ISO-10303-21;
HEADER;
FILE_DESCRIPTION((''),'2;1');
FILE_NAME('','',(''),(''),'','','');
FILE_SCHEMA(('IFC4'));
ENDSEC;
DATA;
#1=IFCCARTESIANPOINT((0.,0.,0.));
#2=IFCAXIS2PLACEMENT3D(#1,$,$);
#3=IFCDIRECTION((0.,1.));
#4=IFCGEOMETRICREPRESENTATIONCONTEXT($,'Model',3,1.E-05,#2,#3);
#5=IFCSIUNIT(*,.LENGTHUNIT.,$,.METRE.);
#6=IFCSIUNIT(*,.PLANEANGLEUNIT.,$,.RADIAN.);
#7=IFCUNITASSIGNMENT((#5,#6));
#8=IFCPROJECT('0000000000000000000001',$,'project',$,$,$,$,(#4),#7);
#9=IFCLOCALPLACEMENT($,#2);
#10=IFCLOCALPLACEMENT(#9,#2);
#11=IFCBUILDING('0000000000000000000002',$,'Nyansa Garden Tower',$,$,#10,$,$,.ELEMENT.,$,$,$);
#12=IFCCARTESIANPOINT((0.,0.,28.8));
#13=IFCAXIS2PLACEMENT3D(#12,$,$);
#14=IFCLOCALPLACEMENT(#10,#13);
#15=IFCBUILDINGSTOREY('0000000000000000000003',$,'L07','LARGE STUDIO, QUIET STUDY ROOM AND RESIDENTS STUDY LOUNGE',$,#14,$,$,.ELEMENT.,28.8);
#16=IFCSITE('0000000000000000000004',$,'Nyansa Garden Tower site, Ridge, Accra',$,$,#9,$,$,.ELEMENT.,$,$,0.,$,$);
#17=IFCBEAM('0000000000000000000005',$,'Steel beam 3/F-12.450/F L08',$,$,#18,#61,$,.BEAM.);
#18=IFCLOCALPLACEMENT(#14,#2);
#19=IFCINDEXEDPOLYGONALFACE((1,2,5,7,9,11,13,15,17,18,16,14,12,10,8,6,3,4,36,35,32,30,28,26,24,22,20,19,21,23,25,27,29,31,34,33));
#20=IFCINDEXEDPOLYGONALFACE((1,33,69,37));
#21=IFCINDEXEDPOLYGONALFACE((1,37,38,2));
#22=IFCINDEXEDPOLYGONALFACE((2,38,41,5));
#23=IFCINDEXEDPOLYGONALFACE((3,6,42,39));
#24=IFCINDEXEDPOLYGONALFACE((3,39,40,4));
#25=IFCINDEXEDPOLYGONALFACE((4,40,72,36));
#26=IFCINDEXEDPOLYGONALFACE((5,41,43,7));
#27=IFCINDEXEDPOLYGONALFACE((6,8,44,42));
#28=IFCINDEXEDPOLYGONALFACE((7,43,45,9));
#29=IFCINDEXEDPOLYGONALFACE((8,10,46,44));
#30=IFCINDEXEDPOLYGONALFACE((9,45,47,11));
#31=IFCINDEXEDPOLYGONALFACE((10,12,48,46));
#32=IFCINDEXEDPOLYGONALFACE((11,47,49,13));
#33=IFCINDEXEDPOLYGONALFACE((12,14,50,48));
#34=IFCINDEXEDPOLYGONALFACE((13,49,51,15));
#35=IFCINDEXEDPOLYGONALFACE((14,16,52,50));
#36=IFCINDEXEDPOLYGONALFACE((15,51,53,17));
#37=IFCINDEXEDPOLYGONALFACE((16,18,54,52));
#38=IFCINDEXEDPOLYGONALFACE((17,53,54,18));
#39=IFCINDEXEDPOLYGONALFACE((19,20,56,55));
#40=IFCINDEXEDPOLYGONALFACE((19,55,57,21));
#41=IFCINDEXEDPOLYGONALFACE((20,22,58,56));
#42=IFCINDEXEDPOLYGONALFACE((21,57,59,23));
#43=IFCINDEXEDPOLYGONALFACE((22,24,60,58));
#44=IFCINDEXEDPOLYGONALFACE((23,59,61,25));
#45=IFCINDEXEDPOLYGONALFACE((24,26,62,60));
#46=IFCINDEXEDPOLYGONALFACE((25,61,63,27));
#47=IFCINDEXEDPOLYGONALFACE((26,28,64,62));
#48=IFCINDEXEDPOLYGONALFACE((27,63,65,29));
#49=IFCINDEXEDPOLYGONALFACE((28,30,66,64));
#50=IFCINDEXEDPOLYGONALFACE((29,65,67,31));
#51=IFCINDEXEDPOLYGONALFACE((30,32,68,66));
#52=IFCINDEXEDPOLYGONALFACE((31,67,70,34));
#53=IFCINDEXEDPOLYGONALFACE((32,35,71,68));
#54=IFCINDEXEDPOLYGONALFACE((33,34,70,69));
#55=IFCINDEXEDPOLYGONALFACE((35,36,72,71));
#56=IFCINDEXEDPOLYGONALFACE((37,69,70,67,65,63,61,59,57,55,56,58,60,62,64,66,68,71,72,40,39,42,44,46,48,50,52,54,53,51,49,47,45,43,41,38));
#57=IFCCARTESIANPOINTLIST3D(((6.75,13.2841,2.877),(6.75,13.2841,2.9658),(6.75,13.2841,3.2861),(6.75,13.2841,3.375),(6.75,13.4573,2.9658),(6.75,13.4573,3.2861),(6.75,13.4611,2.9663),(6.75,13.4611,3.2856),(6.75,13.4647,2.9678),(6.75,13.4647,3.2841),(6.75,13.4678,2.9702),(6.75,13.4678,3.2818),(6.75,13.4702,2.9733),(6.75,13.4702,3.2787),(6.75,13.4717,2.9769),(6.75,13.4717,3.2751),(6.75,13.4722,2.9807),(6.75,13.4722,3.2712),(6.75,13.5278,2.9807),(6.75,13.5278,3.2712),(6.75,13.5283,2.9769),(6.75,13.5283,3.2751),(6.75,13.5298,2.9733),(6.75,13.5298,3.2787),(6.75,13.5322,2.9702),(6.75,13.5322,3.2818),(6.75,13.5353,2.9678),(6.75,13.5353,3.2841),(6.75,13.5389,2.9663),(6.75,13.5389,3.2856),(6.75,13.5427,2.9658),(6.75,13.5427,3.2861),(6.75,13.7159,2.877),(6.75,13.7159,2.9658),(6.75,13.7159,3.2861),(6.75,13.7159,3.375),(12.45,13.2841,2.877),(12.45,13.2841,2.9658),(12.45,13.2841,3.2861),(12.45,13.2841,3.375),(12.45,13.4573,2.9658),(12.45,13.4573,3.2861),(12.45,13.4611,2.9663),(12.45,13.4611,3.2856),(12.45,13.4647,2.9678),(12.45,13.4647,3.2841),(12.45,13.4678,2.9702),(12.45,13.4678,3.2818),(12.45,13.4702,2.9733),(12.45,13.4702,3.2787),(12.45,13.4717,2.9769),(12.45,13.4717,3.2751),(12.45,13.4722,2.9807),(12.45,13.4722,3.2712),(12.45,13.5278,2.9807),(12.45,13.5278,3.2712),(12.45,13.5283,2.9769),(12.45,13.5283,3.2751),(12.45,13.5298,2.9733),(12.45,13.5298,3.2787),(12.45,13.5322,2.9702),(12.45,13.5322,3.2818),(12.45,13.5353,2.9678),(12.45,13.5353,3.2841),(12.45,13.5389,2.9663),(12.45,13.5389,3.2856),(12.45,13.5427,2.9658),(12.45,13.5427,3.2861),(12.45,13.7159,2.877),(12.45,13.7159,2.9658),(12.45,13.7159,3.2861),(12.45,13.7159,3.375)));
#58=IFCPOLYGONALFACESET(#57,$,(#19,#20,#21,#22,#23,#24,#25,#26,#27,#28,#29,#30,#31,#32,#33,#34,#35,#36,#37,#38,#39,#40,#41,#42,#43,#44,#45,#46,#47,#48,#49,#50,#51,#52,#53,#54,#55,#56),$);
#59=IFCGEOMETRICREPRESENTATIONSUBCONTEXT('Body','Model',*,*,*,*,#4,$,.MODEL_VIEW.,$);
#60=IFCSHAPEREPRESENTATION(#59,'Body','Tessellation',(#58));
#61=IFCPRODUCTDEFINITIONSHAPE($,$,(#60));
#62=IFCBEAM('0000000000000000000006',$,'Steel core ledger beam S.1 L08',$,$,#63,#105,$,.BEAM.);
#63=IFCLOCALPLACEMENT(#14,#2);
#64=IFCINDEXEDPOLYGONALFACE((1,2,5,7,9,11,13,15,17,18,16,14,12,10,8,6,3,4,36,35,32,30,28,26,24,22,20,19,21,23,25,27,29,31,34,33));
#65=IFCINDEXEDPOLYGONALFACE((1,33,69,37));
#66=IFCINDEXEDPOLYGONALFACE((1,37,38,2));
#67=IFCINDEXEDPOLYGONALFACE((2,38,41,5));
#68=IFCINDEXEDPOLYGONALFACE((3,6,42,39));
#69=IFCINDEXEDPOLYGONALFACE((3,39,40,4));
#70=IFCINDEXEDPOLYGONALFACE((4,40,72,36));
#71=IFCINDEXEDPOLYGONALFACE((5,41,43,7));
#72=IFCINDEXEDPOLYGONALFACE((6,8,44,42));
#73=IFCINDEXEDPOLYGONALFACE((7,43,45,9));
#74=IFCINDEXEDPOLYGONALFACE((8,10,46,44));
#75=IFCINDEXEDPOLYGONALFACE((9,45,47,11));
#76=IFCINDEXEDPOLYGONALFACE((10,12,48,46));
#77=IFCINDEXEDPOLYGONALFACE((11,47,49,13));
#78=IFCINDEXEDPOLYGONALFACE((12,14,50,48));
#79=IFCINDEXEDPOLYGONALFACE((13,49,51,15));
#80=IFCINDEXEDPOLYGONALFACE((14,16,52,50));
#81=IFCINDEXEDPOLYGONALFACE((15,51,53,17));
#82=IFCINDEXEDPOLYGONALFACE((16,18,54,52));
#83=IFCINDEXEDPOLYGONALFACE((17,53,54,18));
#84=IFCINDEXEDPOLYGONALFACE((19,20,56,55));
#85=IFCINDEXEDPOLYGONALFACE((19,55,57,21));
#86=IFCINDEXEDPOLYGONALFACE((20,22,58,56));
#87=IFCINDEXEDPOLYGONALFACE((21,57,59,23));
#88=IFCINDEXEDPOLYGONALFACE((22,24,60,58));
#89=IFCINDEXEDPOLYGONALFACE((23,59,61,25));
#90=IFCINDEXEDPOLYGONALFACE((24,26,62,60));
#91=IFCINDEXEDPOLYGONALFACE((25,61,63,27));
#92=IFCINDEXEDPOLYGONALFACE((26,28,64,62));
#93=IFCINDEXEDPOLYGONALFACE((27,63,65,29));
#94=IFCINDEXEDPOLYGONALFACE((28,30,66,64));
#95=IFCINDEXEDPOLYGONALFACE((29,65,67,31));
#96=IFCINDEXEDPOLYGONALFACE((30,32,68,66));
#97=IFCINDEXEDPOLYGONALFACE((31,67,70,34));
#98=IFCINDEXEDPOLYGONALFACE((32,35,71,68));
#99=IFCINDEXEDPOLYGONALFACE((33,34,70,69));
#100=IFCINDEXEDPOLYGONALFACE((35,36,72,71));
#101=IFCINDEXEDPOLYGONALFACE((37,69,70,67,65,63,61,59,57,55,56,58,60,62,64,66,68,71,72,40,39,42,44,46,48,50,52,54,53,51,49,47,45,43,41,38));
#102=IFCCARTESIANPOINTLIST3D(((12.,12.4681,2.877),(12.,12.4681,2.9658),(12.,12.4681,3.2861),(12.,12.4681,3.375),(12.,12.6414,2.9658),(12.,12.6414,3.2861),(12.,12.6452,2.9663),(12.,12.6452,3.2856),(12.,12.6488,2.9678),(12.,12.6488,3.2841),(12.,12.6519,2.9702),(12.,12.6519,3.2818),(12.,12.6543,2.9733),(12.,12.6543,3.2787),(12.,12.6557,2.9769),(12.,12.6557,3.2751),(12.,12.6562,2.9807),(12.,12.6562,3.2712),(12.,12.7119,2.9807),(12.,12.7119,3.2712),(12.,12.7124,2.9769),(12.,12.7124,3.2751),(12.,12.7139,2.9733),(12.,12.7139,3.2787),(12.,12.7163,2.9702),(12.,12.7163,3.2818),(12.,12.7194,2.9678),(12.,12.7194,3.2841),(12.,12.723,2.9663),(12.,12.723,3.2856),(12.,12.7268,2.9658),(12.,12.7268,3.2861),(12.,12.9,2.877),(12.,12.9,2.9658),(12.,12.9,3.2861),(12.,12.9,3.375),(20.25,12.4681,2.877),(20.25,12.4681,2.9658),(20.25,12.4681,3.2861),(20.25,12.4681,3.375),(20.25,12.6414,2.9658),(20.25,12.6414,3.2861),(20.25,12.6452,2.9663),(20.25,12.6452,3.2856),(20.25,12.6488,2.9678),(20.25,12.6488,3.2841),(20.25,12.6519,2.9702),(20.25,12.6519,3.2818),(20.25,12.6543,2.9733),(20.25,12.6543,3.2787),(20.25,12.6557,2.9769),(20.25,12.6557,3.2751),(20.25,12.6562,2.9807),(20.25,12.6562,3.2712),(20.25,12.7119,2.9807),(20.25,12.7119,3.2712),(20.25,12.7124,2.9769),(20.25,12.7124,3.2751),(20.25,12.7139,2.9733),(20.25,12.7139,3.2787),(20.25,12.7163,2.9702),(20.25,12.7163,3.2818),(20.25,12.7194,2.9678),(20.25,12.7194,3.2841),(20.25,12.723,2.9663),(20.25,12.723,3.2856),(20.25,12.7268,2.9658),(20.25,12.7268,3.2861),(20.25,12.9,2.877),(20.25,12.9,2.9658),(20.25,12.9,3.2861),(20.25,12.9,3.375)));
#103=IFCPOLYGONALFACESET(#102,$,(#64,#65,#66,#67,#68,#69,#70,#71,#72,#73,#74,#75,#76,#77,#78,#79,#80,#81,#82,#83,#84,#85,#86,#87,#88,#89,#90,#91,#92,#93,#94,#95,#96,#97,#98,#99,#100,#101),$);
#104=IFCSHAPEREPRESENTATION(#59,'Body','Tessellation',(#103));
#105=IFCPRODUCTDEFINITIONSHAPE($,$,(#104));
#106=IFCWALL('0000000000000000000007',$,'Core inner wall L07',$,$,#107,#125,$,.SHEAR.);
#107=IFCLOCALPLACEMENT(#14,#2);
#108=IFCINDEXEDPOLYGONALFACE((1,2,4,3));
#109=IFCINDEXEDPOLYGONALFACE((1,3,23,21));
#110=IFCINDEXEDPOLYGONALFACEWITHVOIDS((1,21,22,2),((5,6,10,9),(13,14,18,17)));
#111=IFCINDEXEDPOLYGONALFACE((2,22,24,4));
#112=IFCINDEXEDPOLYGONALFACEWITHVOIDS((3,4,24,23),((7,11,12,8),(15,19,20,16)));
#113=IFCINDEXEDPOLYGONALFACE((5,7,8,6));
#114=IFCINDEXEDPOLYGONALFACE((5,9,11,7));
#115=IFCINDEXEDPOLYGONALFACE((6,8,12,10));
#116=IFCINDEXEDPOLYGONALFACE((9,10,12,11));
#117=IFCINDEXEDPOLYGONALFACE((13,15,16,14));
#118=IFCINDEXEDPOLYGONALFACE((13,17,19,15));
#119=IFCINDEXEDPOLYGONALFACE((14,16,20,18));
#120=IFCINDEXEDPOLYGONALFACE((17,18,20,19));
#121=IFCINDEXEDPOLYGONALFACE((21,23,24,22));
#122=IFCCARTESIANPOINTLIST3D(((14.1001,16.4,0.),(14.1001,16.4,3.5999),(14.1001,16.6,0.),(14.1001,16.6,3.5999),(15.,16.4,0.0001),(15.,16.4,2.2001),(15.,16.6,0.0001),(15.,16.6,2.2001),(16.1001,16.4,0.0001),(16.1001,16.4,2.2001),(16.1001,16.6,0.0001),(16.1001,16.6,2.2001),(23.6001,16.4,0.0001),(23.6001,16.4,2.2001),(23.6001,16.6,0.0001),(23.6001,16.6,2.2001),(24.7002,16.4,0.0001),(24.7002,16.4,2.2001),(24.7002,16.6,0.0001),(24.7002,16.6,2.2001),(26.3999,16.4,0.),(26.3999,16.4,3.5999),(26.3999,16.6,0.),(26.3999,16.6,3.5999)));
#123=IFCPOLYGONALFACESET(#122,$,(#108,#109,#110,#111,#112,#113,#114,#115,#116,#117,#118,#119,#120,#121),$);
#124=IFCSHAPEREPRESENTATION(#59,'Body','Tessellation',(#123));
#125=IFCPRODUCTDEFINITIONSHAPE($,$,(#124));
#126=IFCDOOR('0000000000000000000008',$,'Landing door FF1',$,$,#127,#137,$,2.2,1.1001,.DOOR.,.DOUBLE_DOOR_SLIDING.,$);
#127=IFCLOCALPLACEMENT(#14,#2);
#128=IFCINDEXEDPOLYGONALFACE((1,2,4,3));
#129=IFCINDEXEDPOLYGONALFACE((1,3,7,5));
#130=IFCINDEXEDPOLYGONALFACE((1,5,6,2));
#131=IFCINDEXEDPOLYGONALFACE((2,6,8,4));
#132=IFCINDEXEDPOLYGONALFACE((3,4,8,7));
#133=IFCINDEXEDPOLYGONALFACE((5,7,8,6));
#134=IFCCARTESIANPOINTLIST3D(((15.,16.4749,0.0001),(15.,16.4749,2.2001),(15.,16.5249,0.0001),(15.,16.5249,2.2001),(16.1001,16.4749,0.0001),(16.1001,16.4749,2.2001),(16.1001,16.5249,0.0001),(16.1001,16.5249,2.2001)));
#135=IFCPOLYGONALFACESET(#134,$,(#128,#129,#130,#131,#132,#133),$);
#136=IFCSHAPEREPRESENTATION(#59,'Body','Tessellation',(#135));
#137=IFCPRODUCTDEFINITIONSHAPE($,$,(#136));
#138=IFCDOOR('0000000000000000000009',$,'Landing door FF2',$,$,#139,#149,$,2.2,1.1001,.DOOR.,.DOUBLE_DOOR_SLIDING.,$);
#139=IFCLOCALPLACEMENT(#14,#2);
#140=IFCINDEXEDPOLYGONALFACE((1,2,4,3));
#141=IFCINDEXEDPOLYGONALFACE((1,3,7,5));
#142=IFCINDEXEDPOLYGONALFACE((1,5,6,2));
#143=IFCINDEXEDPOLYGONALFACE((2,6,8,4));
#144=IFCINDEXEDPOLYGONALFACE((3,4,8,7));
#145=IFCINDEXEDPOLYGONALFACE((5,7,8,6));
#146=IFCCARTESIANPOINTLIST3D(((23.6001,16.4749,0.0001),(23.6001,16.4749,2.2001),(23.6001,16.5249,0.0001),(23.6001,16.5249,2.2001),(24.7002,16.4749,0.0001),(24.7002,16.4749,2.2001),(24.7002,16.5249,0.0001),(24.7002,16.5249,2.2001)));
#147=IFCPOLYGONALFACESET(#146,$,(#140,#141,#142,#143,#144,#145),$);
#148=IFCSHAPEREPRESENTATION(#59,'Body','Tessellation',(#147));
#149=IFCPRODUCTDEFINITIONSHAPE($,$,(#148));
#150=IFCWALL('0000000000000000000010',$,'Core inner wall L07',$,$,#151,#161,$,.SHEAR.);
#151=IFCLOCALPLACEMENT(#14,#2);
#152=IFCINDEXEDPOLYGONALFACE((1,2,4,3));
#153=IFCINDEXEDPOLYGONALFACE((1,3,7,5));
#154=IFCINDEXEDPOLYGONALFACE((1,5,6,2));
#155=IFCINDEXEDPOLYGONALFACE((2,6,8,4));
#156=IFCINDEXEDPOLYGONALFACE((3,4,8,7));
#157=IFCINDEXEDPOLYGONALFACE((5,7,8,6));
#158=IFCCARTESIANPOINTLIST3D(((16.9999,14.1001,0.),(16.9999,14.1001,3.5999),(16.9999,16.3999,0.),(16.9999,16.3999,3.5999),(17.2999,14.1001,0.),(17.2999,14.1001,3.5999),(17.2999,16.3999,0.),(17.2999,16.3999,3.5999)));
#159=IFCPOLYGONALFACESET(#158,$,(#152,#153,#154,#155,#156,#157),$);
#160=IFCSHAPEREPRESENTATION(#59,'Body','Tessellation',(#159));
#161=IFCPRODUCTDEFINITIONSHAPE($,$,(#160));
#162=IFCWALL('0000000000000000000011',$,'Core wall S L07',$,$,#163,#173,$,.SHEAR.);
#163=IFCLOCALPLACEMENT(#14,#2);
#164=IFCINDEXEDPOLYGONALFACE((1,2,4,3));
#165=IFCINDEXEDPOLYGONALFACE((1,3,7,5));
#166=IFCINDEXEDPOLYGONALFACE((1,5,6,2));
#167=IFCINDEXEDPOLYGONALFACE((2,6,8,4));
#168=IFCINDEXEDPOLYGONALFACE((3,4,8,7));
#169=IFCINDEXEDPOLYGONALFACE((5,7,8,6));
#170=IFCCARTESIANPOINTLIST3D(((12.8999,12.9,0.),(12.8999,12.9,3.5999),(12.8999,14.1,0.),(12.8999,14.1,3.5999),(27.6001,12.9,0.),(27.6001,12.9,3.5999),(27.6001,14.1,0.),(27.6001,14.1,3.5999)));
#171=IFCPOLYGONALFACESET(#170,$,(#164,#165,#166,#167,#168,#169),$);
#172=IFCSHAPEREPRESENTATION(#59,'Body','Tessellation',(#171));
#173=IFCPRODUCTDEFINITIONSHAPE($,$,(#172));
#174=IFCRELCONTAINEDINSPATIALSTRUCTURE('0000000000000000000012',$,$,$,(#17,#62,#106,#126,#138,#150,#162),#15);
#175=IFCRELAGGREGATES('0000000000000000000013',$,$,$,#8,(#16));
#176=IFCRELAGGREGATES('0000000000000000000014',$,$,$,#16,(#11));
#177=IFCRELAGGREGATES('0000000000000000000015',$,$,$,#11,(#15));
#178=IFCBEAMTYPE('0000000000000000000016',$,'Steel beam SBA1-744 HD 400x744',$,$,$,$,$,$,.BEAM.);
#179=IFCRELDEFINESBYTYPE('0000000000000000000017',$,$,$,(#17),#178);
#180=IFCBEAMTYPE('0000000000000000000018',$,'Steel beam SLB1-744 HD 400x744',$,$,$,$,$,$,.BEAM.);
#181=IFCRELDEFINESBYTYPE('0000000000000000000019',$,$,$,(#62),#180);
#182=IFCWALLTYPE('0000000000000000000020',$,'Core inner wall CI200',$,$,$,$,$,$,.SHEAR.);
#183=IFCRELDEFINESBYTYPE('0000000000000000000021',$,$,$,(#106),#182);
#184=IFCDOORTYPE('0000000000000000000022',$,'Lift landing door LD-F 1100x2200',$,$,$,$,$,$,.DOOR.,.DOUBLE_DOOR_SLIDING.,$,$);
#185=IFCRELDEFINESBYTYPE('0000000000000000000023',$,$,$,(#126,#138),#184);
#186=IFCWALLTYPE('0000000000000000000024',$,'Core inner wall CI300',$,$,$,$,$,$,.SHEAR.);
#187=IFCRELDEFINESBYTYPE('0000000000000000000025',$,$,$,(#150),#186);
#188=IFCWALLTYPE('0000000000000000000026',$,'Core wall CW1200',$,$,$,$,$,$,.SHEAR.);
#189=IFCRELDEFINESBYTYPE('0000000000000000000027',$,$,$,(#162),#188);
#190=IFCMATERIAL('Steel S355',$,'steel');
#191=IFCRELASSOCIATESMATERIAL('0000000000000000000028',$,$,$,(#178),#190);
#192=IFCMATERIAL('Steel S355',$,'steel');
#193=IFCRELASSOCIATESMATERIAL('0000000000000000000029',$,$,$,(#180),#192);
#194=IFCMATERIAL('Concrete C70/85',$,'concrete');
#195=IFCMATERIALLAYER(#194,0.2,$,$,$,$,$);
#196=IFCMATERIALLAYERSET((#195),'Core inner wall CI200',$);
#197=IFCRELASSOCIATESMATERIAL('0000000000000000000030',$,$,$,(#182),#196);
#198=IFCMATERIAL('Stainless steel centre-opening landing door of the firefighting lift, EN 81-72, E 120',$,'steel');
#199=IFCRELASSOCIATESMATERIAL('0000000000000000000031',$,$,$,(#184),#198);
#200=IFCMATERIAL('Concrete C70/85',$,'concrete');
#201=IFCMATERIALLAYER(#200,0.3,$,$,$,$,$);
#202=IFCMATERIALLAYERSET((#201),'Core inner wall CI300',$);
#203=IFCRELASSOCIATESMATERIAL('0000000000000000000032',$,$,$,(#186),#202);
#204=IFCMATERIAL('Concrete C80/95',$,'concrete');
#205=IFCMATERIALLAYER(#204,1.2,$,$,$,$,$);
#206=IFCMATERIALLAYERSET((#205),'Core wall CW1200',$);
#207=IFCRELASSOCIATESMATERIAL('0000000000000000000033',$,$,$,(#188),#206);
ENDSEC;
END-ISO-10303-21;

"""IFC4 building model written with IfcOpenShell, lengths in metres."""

from ifc_helpers import new_model, si_unit, direction, frame, frame_2d, origin, origin_2d, place, context, subcontext, project, spatial, rectangle, i_section, extrude, material, layer, layer_set, material_profile, profile_set, type_object, element, fill, save


model = new_model("IFC4")

# Units and contexts
model_context = context("Model", 3, precision=1e-05, world=origin(), true_north=direction((0.0, 1.0)))
body_context = subcontext(model_context, "Body", "Model", "MODEL_VIEW")
ifc_project = project(units=[si_unit("LENGTHUNIT", "METRE"), si_unit("PLANEANGLEUNIT", "RADIAN")], contexts=[model_context])

# Site, building, storey
site_placement = place(None, origin())
site = spatial("IfcSite", under=ifc_project, at=site_placement, Name="Nyansa Garden Tower site, Ridge, Accra", CompositionType="ELEMENT", RefElevation=0.0)
building_placement = place(site_placement, origin())
building = spatial("IfcBuilding", under=site, at=building_placement, Name="Nyansa Garden Tower", CompositionType="ELEMENT")
storey_placement = place(building_placement, frame((0.0, 0.0, 28.8)))
storey = spatial("IfcBuildingStorey", under=building, at=storey_placement, Name="L07", Description="LARGE STUDIO, QUIET STUDY ROOM AND RESIDENTS STUDY LOUNGE", CompositionType="ELEMENT", Elevation=28.8)

# Beams
ifc_material_1 = material(Name="Steel S355", Category="steel")
ifc_material_profile_1 = material_profile(ifc_material_1, i_section(OverallWidth=0.4319, OverallDepth=0.498, WebThickness=0.0557, FlangeThickness=0.0889, FilletRadius=0.0149, at=origin_2d()), Name="HD 400x744")
ifc_profile_set_1 = profile_set([ifc_material_profile_1], Name="Steel S355")
beam_type_1 = type_object("IfcBeamType", Name="Steel beam SBA1-744 HD 400x744", PredefinedType="BEAM", material=ifc_profile_set_1)
beam_1_placement = place(storey_placement, frame((6.75, 13.5, 3.126), z_axis=(1.0, 0.0, 0.0), x_axis=(0.0, 1.0, 0.0)))
element("IfcBeam", 1, at=beam_1_placement, inside=storey, type_object=beam_type_1, Name="Steel beam 3/F-12.450/F L08", PredefinedType="BEAM", context=body_context, shape_type="SweptSolid", body=[
    extrude(i_section(OverallWidth=0.4319, OverallDepth=0.498, WebThickness=0.0557, FlangeThickness=0.0889, FilletRadius=0.0149, at=origin_2d()), origin(), (0.0, 0.0, 1.0), 5.7),
])
ifc_material_2 = material(Name="Steel S355", Category="steel")
ifc_material_profile_2 = material_profile(ifc_material_2, i_section(OverallWidth=0.4319, OverallDepth=0.498, WebThickness=0.0557, FlangeThickness=0.0889, FilletRadius=0.0149, at=origin_2d()), Name="HD 400x744")
ifc_profile_set_2 = profile_set([ifc_material_profile_2], Name="Steel S355")
beam_type_2 = type_object("IfcBeamType", Name="Steel beam SLB1-744 HD 400x744", PredefinedType="BEAM", material=ifc_profile_set_2)
beam_2_placement = place(storey_placement, frame((12.0, 12.6841, 3.126), z_axis=(1.0, 0.0, 0.0), x_axis=(0.0, 1.0, 0.0)))
element("IfcBeam", 2, at=beam_2_placement, inside=storey, type_object=beam_type_2, Name="Steel core ledger beam S.1 L08", PredefinedType="BEAM", context=body_context, shape_type="SweptSolid", body=[
    extrude(i_section(OverallWidth=0.4319, OverallDepth=0.498, WebThickness=0.0557, FlangeThickness=0.0889, FilletRadius=0.0149, at=origin_2d()), origin(), (0.0, 0.0, 1.0), 8.25),
])

# Wall, openings, doors
ifc_material_3 = material(Name="Concrete C70/85", Category="concrete")
ifc_layer_1 = layer(ifc_material_3, 0.2)
ifc_layer_set_1 = layer_set([ifc_layer_1], Name="Core inner wall CI200")
wall_type_1 = type_object("IfcWallType", Name="Core inner wall CI200", PredefinedType="SHEAR", material=ifc_layer_set_1)
wall_1_placement = place(storey_placement, frame((14.1001, 16.5, 0.0), z_axis=(0.0, 0.0, 1.0), x_axis=(1.0, 0.0, 0.0)))
wall_1 = element("IfcWall", 3, at=wall_1_placement, inside=storey, type_object=wall_type_1, Name="Core inner wall L07", PredefinedType="SHEAR", context=body_context, shape_type="SweptSolid", body=[
    extrude(rectangle(XDim=12.2998, YDim=0.2, at=frame_2d((6.1499, 0.0))), origin(), (0.0, 0.0, 1.0), 3.5999),
])
opening_1_placement = place(wall_1_placement, frame((0.8999, 0.0, 0.0)))
opening_1 = element("IfcOpeningElement", 4, at=opening_1_placement, cuts=wall_1, PredefinedType="OPENING", context=body_context, shape_type="SweptSolid", body=[
    extrude(rectangle(XDim=1.1001, YDim=2.2, at=frame_2d((0.55, 1.1001))), frame((0.0, 0.1099, 0.0), z_axis=(0.0, -1.0, 0.0), x_axis=(1.0, 0.0, 0.0)), (0.0, 0.0, 1.0), 0.22),
])
opening_2_placement = place(wall_1_placement, frame((9.5, 0.0, 0.0)))
opening_2 = element("IfcOpeningElement", 5, at=opening_2_placement, cuts=wall_1, PredefinedType="OPENING", context=body_context, shape_type="SweptSolid", body=[
    extrude(rectangle(XDim=1.1001, YDim=2.2, at=frame_2d((0.55, 1.1001))), frame((0.0, 0.1099, 0.0), z_axis=(0.0, -1.0, 0.0), x_axis=(1.0, 0.0, 0.0)), (0.0, 0.0, 1.0), 0.22),
])
ifc_material_4 = material(Name="Stainless steel centre-opening landing door of the firefighting lift, EN 81-72, E 120", Category="steel")
door_type_1 = type_object("IfcDoorType", Name="Lift landing door LD-F 1100x2200", OperationType="DOUBLE_DOOR_SLIDING", PredefinedType="DOOR", material=ifc_material_4)
door_1_placement = place(opening_1_placement, origin())
door_1 = element("IfcDoor", 6, at=door_1_placement, inside=storey, type_object=door_type_1, Name="Landing door FF1", OperationType="DOUBLE_DOOR_SLIDING", OverallHeight=2.2, OverallWidth=1.1001, PredefinedType="DOOR", context=body_context, shape_type="SweptSolid", body=[
    extrude(rectangle(XDim=1.1001, YDim=2.2, at=frame_2d((0.55, 1.1001))), frame((0.0, 0.0249, 0.0), z_axis=(0.0, -1.0, 0.0), x_axis=(1.0, 0.0, 0.0)), (0.0, 0.0, 1.0), 0.05),
])
fill(opening_1, door_1)
door_2_placement = place(opening_2_placement, origin())
door_2 = element("IfcDoor", 7, at=door_2_placement, inside=storey, type_object=door_type_1, Name="Landing door FF2", OperationType="DOUBLE_DOOR_SLIDING", OverallHeight=2.2, OverallWidth=1.1001, PredefinedType="DOOR", context=body_context, shape_type="SweptSolid", body=[
    extrude(rectangle(XDim=1.1001, YDim=2.2, at=frame_2d((0.55, 1.1001))), frame((0.0, 0.0249, 0.0), z_axis=(0.0, -1.0, 0.0), x_axis=(1.0, 0.0, 0.0)), (0.0, 0.0, 1.0), 0.05),
])
fill(opening_2, door_2)

# Walls
ifc_material_5 = material(Name="Concrete C70/85", Category="concrete")
ifc_layer_2 = layer(ifc_material_5, 0.3)
ifc_layer_set_2 = layer_set([ifc_layer_2], Name="Core inner wall CI300")
wall_type_2 = type_object("IfcWallType", Name="Core inner wall CI300", PredefinedType="SHEAR", material=ifc_layer_set_2)
wall_2_placement = place(storey_placement, frame((17.1499, 14.1001, 0.0), z_axis=(0.0, 0.0, 1.0), x_axis=(0.0, 1.0, 0.0)))
element("IfcWall", 8, at=wall_2_placement, inside=storey, type_object=wall_type_2, Name="Core inner wall L07", PredefinedType="SHEAR", context=body_context, shape_type="SweptSolid", body=[
    extrude(rectangle(XDim=2.2998, YDim=0.3, at=frame_2d((1.1499, 0.0))), origin(), (0.0, 0.0, 1.0), 3.5999),
])
ifc_material_6 = material(Name="Concrete C80/95", Category="concrete")
ifc_layer_3 = layer(ifc_material_6, 1.2)
ifc_layer_set_3 = layer_set([ifc_layer_3], Name="Core wall CW1200")
wall_type_3 = type_object("IfcWallType", Name="Core wall CW1200", PredefinedType="SHEAR", material=ifc_layer_set_3)
wall_3_placement = place(storey_placement, frame((12.8999, 13.5, 0.0), z_axis=(0.0, 0.0, 1.0), x_axis=(1.0, 0.0, 0.0)))
element("IfcWall", 9, at=wall_3_placement, inside=storey, type_object=wall_type_3, Name="Core wall S L07", PredefinedType="SHEAR", context=body_context, shape_type="SweptSolid", body=[
    extrude(rectangle(XDim=14.7002, YDim=1.2, at=frame_2d((7.3501, 0.0))), origin(), (0.0, 0.0, 1.0), 3.5999),
])

save(model, "model.ifc")
